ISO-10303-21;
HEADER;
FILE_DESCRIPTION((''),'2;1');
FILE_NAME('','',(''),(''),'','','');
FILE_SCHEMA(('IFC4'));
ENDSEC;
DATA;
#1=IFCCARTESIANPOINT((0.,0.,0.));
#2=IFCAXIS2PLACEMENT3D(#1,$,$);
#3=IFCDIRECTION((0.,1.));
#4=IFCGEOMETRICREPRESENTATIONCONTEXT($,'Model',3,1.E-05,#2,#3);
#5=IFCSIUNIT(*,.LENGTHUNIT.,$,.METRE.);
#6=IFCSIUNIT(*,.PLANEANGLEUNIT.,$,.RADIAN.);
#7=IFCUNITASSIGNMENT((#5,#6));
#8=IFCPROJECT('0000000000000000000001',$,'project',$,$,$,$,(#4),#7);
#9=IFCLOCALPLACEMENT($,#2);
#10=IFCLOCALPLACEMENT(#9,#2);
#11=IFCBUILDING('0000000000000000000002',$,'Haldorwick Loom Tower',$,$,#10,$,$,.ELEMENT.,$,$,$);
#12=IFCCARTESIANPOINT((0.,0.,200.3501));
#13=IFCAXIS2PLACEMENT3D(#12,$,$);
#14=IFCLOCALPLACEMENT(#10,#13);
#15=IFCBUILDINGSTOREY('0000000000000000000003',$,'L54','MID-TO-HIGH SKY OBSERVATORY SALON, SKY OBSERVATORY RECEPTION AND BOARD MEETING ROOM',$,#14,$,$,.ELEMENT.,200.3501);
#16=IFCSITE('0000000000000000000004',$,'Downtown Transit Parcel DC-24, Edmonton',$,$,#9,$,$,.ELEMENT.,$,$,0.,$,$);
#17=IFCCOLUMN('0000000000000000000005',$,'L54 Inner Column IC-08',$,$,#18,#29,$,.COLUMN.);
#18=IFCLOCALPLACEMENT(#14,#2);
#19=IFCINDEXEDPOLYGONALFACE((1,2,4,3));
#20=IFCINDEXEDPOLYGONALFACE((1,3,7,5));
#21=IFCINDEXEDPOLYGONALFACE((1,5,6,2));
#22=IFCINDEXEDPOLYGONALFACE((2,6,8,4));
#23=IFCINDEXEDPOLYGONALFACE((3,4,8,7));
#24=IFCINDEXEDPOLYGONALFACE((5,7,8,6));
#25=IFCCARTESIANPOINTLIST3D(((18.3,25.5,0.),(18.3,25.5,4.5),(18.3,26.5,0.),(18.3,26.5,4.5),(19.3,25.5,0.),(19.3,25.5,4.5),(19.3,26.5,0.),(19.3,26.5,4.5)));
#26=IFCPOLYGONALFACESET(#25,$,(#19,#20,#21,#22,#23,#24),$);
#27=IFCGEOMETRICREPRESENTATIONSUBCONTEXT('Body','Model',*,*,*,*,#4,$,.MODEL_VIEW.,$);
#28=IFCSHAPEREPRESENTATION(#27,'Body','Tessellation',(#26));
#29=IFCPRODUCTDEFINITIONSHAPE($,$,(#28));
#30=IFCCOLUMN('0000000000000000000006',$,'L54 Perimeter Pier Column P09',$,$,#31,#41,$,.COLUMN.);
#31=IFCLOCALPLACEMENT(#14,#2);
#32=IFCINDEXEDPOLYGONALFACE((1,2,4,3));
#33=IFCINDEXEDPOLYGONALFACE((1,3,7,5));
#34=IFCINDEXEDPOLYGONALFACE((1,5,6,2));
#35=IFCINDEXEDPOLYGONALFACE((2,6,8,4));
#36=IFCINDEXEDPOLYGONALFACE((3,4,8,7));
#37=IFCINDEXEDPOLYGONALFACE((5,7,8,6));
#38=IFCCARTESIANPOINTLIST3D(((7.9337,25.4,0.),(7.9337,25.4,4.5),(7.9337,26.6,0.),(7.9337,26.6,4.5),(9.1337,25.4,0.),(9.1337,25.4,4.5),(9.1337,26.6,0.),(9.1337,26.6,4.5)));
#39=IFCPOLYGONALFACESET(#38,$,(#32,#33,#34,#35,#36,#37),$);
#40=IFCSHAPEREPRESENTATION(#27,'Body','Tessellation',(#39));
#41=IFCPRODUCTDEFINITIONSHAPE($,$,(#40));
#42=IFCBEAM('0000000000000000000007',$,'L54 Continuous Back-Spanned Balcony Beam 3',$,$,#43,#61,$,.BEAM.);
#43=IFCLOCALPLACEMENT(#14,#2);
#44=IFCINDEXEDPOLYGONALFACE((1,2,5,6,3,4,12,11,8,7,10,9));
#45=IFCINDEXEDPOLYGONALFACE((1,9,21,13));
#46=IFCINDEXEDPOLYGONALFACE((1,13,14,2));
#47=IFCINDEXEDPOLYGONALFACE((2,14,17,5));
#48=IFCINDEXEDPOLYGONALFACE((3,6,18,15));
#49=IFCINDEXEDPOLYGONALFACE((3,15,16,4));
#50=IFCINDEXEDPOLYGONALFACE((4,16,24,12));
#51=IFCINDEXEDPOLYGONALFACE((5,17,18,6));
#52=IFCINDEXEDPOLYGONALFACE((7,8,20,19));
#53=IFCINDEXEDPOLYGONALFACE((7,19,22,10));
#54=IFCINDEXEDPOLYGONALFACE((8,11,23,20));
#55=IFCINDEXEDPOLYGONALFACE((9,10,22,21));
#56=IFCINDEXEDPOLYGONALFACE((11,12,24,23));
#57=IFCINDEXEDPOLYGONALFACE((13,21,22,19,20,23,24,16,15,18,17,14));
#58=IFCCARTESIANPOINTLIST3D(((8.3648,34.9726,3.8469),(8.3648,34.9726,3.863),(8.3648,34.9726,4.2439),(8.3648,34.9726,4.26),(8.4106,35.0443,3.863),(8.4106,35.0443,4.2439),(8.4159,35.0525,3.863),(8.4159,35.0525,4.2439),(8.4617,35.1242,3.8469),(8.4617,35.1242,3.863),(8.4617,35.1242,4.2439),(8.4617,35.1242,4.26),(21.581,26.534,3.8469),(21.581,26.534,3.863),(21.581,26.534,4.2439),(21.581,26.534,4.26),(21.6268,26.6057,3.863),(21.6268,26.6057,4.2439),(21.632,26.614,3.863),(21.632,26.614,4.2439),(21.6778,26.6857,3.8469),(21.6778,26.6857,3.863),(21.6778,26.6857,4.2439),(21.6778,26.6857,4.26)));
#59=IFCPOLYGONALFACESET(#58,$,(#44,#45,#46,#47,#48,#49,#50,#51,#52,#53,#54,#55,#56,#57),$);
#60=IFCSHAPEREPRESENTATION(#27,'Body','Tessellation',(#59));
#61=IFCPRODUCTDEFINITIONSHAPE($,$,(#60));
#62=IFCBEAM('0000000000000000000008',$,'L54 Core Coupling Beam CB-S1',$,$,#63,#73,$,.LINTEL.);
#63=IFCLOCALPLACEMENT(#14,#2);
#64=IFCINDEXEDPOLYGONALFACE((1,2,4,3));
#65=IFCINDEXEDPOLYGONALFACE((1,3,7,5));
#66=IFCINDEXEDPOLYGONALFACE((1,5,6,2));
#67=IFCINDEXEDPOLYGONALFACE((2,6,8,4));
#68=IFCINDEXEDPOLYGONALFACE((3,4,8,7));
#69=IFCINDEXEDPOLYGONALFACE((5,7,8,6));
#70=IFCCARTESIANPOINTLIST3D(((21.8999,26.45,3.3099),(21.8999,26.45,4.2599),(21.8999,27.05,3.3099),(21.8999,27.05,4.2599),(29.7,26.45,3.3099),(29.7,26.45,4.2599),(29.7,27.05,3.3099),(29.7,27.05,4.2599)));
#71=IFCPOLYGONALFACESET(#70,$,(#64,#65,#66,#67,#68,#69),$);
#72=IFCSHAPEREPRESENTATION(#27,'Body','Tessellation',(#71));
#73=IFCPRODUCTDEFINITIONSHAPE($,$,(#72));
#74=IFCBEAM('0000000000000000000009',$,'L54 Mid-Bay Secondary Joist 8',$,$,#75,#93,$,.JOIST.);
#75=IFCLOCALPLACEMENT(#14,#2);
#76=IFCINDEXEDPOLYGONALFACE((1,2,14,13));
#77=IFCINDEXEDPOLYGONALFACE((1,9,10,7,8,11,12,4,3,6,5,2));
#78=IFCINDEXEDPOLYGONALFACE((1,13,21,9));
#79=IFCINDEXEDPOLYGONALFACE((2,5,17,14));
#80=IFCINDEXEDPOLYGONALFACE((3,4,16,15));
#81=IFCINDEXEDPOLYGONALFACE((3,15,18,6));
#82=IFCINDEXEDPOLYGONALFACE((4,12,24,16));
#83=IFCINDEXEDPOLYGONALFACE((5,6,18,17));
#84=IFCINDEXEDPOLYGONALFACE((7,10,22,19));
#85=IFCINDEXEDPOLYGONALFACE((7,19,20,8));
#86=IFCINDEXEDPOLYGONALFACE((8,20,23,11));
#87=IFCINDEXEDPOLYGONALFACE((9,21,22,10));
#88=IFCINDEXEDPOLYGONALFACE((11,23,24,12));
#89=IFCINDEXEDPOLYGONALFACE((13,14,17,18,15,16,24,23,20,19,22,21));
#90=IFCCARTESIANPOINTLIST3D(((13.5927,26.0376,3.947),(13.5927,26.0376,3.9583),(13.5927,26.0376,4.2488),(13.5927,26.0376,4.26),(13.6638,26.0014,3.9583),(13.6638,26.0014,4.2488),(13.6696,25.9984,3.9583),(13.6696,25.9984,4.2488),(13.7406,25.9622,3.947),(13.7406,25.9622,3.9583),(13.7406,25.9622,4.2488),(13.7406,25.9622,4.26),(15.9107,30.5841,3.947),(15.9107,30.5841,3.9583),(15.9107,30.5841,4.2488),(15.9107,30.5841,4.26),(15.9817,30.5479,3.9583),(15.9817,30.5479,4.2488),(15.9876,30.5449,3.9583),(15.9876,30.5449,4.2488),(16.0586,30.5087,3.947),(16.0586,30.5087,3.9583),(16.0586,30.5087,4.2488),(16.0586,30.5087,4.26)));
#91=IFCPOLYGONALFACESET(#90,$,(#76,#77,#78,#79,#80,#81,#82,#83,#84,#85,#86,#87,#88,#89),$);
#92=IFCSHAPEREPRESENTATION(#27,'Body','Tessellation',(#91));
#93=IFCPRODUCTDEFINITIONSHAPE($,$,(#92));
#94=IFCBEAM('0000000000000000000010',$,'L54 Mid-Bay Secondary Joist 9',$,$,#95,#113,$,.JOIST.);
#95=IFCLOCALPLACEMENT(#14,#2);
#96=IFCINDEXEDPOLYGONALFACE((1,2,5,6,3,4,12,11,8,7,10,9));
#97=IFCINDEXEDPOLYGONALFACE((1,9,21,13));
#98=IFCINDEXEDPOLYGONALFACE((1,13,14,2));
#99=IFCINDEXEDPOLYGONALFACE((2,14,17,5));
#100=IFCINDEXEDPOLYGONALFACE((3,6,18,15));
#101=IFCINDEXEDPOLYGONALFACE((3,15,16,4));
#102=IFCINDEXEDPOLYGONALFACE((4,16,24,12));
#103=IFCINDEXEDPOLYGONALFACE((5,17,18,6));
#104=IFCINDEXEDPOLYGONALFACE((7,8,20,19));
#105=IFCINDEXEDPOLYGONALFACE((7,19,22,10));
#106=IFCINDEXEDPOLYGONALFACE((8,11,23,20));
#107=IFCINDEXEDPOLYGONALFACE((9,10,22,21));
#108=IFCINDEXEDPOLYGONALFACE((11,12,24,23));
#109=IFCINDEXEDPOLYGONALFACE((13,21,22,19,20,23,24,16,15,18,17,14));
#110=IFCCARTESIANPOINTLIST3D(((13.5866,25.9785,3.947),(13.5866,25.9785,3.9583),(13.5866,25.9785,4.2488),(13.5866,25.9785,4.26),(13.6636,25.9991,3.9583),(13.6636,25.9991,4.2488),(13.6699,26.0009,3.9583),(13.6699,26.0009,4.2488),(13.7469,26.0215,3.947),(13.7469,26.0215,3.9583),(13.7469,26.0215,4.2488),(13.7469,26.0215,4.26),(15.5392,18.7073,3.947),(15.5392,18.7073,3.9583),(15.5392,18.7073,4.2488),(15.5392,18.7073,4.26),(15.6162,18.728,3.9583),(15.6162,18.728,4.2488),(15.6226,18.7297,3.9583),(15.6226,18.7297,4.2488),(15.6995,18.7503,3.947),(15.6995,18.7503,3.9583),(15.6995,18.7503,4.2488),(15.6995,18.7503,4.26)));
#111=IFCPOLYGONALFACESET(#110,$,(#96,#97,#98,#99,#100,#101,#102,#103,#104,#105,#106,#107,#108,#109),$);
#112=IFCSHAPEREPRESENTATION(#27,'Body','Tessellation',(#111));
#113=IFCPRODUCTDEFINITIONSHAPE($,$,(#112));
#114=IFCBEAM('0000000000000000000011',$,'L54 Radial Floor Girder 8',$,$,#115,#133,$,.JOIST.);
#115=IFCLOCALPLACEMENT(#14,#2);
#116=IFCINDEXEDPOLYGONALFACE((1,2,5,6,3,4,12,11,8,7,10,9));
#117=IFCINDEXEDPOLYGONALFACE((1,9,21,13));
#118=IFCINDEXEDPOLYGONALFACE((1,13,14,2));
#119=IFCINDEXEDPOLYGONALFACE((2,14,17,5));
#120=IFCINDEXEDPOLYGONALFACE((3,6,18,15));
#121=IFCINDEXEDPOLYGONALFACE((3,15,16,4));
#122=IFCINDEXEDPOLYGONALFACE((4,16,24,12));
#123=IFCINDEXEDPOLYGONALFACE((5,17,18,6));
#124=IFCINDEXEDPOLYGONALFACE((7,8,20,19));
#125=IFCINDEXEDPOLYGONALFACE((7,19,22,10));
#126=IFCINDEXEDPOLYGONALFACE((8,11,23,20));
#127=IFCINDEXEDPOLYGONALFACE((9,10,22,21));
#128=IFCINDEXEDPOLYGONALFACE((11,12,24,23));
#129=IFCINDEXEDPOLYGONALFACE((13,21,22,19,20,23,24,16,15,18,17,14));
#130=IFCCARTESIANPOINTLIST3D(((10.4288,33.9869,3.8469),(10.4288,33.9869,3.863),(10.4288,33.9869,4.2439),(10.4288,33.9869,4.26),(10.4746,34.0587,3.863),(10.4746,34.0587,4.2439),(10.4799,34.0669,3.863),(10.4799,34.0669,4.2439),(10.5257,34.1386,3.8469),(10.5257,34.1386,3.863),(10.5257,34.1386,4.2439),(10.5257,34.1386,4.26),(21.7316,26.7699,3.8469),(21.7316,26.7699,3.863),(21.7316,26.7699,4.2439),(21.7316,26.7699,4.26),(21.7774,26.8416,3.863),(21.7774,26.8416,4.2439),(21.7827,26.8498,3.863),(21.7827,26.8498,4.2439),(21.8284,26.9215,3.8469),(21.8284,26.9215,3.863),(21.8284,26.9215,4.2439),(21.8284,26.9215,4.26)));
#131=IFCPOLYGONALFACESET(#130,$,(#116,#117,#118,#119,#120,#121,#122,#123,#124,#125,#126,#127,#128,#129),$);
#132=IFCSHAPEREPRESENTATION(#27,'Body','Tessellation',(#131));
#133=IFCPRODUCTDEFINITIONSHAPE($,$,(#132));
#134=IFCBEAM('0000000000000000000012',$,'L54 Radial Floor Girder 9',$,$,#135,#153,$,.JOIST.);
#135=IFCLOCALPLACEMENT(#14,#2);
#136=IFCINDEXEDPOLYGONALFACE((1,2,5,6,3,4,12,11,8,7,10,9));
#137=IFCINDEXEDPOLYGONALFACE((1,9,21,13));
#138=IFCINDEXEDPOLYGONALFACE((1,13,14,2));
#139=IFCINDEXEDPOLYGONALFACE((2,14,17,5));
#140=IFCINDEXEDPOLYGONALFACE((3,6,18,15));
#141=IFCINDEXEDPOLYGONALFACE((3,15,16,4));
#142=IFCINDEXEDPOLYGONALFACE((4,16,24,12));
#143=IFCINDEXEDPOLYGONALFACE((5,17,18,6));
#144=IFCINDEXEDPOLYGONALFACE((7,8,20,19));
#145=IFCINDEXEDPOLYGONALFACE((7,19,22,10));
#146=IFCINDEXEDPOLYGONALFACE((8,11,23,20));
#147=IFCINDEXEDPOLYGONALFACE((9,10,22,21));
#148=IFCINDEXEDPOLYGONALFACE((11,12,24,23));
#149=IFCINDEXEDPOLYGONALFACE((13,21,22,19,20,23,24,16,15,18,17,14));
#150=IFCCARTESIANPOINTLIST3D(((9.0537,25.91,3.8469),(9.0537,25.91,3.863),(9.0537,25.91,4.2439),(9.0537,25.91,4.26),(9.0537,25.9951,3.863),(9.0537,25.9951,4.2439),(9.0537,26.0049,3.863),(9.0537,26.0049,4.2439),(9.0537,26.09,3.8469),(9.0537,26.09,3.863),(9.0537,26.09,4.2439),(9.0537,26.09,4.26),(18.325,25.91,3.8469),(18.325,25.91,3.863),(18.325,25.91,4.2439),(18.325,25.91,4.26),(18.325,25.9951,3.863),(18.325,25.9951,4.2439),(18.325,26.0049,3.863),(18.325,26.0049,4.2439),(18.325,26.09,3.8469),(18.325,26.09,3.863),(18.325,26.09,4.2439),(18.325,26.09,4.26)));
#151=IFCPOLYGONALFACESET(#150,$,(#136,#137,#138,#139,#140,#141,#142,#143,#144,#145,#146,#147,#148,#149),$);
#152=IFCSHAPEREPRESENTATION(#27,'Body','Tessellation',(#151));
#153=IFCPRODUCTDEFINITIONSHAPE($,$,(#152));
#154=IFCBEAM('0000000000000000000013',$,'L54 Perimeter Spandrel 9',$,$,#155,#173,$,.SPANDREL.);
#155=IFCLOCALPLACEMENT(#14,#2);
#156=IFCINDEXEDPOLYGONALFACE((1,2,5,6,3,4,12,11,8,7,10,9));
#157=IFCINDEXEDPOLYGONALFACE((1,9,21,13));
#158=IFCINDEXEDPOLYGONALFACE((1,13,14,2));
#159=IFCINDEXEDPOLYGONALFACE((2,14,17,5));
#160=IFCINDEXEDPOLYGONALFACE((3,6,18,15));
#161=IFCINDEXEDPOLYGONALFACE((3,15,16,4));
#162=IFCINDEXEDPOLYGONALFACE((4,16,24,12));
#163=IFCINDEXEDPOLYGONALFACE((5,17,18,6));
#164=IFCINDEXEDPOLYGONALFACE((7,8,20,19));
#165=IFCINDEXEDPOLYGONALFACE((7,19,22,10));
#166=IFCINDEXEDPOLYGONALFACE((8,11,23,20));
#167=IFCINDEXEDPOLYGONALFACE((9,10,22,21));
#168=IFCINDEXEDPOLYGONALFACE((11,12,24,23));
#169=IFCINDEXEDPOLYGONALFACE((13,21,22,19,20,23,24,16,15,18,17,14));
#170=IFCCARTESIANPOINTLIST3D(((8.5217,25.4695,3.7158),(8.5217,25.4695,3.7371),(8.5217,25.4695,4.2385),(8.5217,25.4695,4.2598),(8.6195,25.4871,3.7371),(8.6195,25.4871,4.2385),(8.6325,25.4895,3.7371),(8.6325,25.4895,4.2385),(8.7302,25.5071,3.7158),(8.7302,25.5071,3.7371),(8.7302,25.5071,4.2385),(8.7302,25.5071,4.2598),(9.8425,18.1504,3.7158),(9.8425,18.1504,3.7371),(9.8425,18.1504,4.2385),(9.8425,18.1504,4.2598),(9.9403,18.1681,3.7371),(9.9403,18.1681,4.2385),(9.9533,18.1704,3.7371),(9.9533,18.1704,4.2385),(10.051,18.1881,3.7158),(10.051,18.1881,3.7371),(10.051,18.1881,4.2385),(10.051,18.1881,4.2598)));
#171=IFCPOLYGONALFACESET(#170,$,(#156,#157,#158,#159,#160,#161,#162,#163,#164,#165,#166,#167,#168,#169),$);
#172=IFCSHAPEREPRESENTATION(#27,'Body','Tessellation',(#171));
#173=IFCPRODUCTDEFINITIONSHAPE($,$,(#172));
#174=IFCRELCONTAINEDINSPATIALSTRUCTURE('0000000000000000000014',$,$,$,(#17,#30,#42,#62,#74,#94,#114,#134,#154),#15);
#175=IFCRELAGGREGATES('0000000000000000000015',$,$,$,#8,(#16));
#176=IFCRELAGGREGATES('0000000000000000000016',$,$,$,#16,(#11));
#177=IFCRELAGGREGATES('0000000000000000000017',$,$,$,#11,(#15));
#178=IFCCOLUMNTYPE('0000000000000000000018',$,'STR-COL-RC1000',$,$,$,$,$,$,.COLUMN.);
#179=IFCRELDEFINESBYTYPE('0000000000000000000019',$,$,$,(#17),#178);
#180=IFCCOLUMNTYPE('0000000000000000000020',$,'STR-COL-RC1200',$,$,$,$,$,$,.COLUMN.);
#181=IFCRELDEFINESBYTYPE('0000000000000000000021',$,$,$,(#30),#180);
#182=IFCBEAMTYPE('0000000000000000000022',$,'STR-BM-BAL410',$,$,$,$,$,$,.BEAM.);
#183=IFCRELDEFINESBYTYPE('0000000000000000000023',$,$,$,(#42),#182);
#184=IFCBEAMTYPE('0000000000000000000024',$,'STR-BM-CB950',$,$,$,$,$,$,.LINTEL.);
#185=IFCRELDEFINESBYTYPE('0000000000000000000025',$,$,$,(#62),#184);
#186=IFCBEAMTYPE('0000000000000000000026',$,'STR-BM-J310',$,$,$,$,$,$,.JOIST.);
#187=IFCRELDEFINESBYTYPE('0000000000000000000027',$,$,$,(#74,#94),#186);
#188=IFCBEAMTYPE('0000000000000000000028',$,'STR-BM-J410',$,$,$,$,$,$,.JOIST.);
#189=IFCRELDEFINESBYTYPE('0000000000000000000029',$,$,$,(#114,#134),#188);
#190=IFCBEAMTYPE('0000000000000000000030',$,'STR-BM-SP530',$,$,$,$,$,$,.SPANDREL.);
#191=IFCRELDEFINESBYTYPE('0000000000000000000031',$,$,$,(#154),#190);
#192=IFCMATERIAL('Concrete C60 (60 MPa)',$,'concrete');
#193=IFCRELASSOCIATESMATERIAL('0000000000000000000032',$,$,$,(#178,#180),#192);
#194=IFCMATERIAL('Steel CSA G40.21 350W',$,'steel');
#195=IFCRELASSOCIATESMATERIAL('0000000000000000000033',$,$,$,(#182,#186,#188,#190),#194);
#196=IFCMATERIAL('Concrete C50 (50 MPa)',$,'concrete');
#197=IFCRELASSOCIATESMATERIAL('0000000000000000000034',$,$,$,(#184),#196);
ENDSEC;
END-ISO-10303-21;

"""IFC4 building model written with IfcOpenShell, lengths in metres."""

from ifc_helpers import new_model, si_unit, direction, frame, origin, origin_2d, place, context, subcontext, project, spatial, rectangle, i_section, extrude, material, material_profile, profile_set, type_object, element, save


model = new_model("IFC4")

# Units and contexts
model_context = context("Model", 3, precision=1e-05, world=origin(), true_north=direction((0.0, 1.0)))
body_context = subcontext(model_context, "Body", "Model", "MODEL_VIEW")
ifc_project = project(units=[si_unit("LENGTHUNIT", "METRE"), si_unit("PLANEANGLEUNIT", "RADIAN")], contexts=[model_context])

# Site, building, storey
site_placement = place(None, origin())
site = spatial("IfcSite", under=ifc_project, at=site_placement, Name="Downtown Transit Parcel DC-24, Edmonton", CompositionType="ELEMENT", RefElevation=0.0)
building_placement = place(site_placement, origin())
building = spatial("IfcBuilding", under=site, at=building_placement, Name="Haldorwick Loom Tower", CompositionType="ELEMENT")
storey_placement = place(building_placement, frame((0.0, 0.0, 200.3501)))
storey = spatial("IfcBuildingStorey", under=building, at=storey_placement, Name="L54", Description="MID-TO-HIGH SKY OBSERVATORY SALON, SKY OBSERVATORY RECEPTION AND BOARD MEETING ROOM", CompositionType="ELEMENT", Elevation=200.3501)

# Columns
ifc_material_1 = material(Name="Concrete C60 (60 MPa)", Category="concrete")
ifc_material_profile_1 = material_profile(ifc_material_1, rectangle(XDim=1.0, YDim=1.0, at=origin_2d()), Name="RC1000X1000", Category="concrete")
ifc_profile_set_1 = profile_set([ifc_material_profile_1], Name="Concrete C60 (60 MPa)")
column_type_1 = type_object("IfcColumnType", Name="STR-COL-RC1000", PredefinedType="COLUMN", material=ifc_profile_set_1)
column_1_placement = place(storey_placement, frame((18.8, 26.0, 0.0), z_axis=(0.0, 0.0, 1.0), x_axis=(1.0, 0.0, 0.0)))
element("IfcColumn", 1, at=column_1_placement, inside=storey, type_object=column_type_1, Name="L54 Inner Column IC-08", PredefinedType="COLUMN", context=body_context, shape_type="SweptSolid", body=[
    extrude(rectangle(XDim=1.0, YDim=1.0, at=origin_2d()), origin(), (0.0, 0.0, 1.0), 4.5),
])
ifc_material_profile_2 = material_profile(ifc_material_1, rectangle(XDim=1.2, YDim=1.2, at=origin_2d()), Name="RC1200X1200", Category="concrete")
ifc_profile_set_2 = profile_set([ifc_material_profile_2], Name="Concrete C60 (60 MPa)")
column_type_2 = type_object("IfcColumnType", Name="STR-COL-RC1200", PredefinedType="COLUMN", material=ifc_profile_set_2)
column_2_placement = place(storey_placement, frame((8.5337, 26.0, 0.0), z_axis=(0.0, 0.0, 1.0), x_axis=(-1.0, 0.0, 0.0)))
element("IfcColumn", 2, at=column_2_placement, inside=storey, type_object=column_type_2, Name="L54 Perimeter Pier Column P09", PredefinedType="COLUMN", context=body_context, shape_type="SweptSolid", body=[
    extrude(rectangle(XDim=1.2, YDim=1.2, at=origin_2d()), origin(), (0.0, 0.0, 1.0), 4.5),
])

# Beams
ifc_material_2 = material(Name="Steel CSA G40.21 350W", Category="steel")
ifc_material_profile_3 = material_profile(ifc_material_2, i_section(OverallWidth=0.1799, OverallDepth=0.4131, WebThickness=0.0098, FlangeThickness=0.0161, at=origin_2d()), Name="W410X74", Category="steel")
ifc_profile_set_3 = profile_set([ifc_material_profile_3], Name="Steel CSA G40.21 350W")
beam_type_1 = type_object("IfcBeamType", Name="STR-BM-BAL410", PredefinedType="BEAM", material=ifc_profile_set_3)
beam_1_placement = place(storey_placement, frame((21.6294, 26.6099, 4.0535), z_axis=(-0.842844, 0.538157, 0.0), x_axis=(-0.538157, -0.842844, 0.0)))
element("IfcBeam", 3, at=beam_1_placement, inside=storey, type_object=beam_type_1, Name="L54 Continuous Back-Spanned Balcony Beam 3", PredefinedType="BEAM", context=body_context, shape_type="SweptSolid", body=[
    extrude(i_section(OverallWidth=0.1799, OverallDepth=0.4131, WebThickness=0.0098, FlangeThickness=0.0161, at=origin_2d()), origin(), (0.0, 0.0, 1.0), 15.6804),
])
ifc_material_3 = material(Name="Concrete C50 (50 MPa)", Category="concrete")
ifc_material_profile_4 = material_profile(ifc_material_3, rectangle(XDim=0.6001, YDim=0.95, at=origin_2d()), Name="RC600X950", Category="concrete")
ifc_profile_set_4 = profile_set([ifc_material_profile_4], Name="Concrete C50 (50 MPa)")
beam_type_2 = type_object("IfcBeamType", Name="STR-BM-CB950", PredefinedType="LINTEL", material=ifc_profile_set_4)
beam_2_placement = place(storey_placement, frame((21.8999, 26.75, 3.7849), z_axis=(1.0, 0.0, 0.0), x_axis=(0.0, 1.0, 0.0)))
element("IfcBeam", 4, at=beam_2_placement, inside=storey, type_object=beam_type_2, Name="L54 Core Coupling Beam CB-S1", PredefinedType="LINTEL", context=body_context, shape_type="SweptSolid", body=[
    extrude(rectangle(XDim=0.6001, YDim=0.95, at=origin_2d()), origin(), (0.0, 0.0, 1.0), 7.8),
])
ifc_material_profile_5 = material_profile(ifc_material_2, i_section(OverallWidth=0.166, OverallDepth=0.313, WebThickness=0.0066, FlangeThickness=0.0112, at=origin_2d()), Name="W310X45", Category="steel")
ifc_profile_set_5 = profile_set([ifc_material_profile_5], Name="Steel CSA G40.21 350W")
beam_type_3 = type_object("IfcBeamType", Name="STR-BM-J310", PredefinedType="JOIST", material=ifc_profile_set_5)
beam_3_placement = place(storey_placement, frame((15.9846, 30.5464, 4.1035), z_axis=(-0.454204, -0.890898, 0.0), x_axis=(0.890898, -0.454204, 0.0)))
element("IfcBeam", 5, at=beam_3_placement, inside=storey, type_object=beam_type_3, Name="L54 Mid-Bay Secondary Joist 8", PredefinedType="JOIST", context=body_context, shape_type="SweptSolid", body=[
    extrude(i_section(OverallWidth=0.166, OverallDepth=0.313, WebThickness=0.0066, FlangeThickness=0.0112, at=origin_2d()), origin(), (0.0, 0.0, 1.0), 5.1033),
])
beam_4_placement = place(storey_placement, frame((13.6667, 26.0, 4.1035), z_axis=(0.259354, -0.965782, 0.0), x_axis=(0.965782, 0.259354, 0.0)))
element("IfcBeam", 6, at=beam_4_placement, inside=storey, type_object=beam_type_3, Name="L54 Mid-Bay Secondary Joist 9", PredefinedType="JOIST", context=body_context, shape_type="SweptSolid", body=[
    extrude(i_section(OverallWidth=0.166, OverallDepth=0.313, WebThickness=0.0066, FlangeThickness=0.0112, at=origin_2d()), origin(), (0.0, 0.0, 1.0), 7.5288),
])
ifc_material_profile_6 = material_profile(ifc_material_2, i_section(OverallWidth=0.1799, OverallDepth=0.4131, WebThickness=0.0098, FlangeThickness=0.0161, at=origin_2d()), Name="W410X74", Category="steel")
ifc_profile_set_6 = profile_set([ifc_material_profile_6], Name="Steel CSA G40.21 350W")
beam_type_4 = type_object("IfcBeamType", Name="STR-BM-J410", PredefinedType="JOIST", material=ifc_profile_set_6)
beam_5_placement = place(storey_placement, frame((21.78, 26.8457, 4.0535), z_axis=(-0.842837, 0.538169, 0.0), x_axis=(-0.538169, -0.842837, 0.0)))
element("IfcBeam", 7, at=beam_5_placement, inside=storey, type_object=beam_type_4, Name="L54 Radial Floor Girder 8", PredefinedType="JOIST", context=body_context, shape_type="SweptSolid", body=[
    extrude(i_section(OverallWidth=0.1799, OverallDepth=0.4131, WebThickness=0.0098, FlangeThickness=0.0161, at=origin_2d()), origin(), (0.0, 0.0, 1.0), 13.4104),
])
beam_6_placement = place(storey_placement, frame((18.325, 26.0, 4.0535), z_axis=(-1.0, 0.0, 0.0), x_axis=(0.0, -1.0, 0.0)))
element("IfcBeam", 8, at=beam_6_placement, inside=storey, type_object=beam_type_4, Name="L54 Radial Floor Girder 9", PredefinedType="JOIST", context=body_context, shape_type="SweptSolid", body=[
    extrude(i_section(OverallWidth=0.1799, OverallDepth=0.4131, WebThickness=0.0098, FlangeThickness=0.0161, at=origin_2d()), origin(), (0.0, 0.0, 1.0), 9.2712),
])
ifc_material_profile_7 = material_profile(ifc_material_2, i_section(OverallWidth=0.2119, OverallDepth=0.5439, WebThickness=0.0132, FlangeThickness=0.0212, at=origin_2d()), Name="W530X123", Category="steel")
ifc_profile_set_7 = profile_set([ifc_material_profile_7], Name="Steel CSA G40.21 350W")
beam_type_5 = type_object("IfcBeamType", Name="STR-BM-SP530", PredefinedType="SPANDREL", material=ifc_profile_set_7)
beam_7_placement = place(storey_placement, frame((8.626, 25.4883, 3.9878), z_axis=(0.177591, -0.984104, 0.0), x_axis=(0.984104, 0.177591, 0.0)))
element("IfcBeam", 9, at=beam_7_placement, inside=storey, type_object=beam_type_5, Name="L54 Perimeter Spandrel 9", PredefinedType="SPANDREL", context=body_context, shape_type="SweptSolid", body=[
    extrude(i_section(OverallWidth=0.2119, OverallDepth=0.5439, WebThickness=0.0132, FlangeThickness=0.0212, at=origin_2d()), origin(), (0.0, 0.0, 1.0), 7.4373),
])

save(model, "model.ifc")
